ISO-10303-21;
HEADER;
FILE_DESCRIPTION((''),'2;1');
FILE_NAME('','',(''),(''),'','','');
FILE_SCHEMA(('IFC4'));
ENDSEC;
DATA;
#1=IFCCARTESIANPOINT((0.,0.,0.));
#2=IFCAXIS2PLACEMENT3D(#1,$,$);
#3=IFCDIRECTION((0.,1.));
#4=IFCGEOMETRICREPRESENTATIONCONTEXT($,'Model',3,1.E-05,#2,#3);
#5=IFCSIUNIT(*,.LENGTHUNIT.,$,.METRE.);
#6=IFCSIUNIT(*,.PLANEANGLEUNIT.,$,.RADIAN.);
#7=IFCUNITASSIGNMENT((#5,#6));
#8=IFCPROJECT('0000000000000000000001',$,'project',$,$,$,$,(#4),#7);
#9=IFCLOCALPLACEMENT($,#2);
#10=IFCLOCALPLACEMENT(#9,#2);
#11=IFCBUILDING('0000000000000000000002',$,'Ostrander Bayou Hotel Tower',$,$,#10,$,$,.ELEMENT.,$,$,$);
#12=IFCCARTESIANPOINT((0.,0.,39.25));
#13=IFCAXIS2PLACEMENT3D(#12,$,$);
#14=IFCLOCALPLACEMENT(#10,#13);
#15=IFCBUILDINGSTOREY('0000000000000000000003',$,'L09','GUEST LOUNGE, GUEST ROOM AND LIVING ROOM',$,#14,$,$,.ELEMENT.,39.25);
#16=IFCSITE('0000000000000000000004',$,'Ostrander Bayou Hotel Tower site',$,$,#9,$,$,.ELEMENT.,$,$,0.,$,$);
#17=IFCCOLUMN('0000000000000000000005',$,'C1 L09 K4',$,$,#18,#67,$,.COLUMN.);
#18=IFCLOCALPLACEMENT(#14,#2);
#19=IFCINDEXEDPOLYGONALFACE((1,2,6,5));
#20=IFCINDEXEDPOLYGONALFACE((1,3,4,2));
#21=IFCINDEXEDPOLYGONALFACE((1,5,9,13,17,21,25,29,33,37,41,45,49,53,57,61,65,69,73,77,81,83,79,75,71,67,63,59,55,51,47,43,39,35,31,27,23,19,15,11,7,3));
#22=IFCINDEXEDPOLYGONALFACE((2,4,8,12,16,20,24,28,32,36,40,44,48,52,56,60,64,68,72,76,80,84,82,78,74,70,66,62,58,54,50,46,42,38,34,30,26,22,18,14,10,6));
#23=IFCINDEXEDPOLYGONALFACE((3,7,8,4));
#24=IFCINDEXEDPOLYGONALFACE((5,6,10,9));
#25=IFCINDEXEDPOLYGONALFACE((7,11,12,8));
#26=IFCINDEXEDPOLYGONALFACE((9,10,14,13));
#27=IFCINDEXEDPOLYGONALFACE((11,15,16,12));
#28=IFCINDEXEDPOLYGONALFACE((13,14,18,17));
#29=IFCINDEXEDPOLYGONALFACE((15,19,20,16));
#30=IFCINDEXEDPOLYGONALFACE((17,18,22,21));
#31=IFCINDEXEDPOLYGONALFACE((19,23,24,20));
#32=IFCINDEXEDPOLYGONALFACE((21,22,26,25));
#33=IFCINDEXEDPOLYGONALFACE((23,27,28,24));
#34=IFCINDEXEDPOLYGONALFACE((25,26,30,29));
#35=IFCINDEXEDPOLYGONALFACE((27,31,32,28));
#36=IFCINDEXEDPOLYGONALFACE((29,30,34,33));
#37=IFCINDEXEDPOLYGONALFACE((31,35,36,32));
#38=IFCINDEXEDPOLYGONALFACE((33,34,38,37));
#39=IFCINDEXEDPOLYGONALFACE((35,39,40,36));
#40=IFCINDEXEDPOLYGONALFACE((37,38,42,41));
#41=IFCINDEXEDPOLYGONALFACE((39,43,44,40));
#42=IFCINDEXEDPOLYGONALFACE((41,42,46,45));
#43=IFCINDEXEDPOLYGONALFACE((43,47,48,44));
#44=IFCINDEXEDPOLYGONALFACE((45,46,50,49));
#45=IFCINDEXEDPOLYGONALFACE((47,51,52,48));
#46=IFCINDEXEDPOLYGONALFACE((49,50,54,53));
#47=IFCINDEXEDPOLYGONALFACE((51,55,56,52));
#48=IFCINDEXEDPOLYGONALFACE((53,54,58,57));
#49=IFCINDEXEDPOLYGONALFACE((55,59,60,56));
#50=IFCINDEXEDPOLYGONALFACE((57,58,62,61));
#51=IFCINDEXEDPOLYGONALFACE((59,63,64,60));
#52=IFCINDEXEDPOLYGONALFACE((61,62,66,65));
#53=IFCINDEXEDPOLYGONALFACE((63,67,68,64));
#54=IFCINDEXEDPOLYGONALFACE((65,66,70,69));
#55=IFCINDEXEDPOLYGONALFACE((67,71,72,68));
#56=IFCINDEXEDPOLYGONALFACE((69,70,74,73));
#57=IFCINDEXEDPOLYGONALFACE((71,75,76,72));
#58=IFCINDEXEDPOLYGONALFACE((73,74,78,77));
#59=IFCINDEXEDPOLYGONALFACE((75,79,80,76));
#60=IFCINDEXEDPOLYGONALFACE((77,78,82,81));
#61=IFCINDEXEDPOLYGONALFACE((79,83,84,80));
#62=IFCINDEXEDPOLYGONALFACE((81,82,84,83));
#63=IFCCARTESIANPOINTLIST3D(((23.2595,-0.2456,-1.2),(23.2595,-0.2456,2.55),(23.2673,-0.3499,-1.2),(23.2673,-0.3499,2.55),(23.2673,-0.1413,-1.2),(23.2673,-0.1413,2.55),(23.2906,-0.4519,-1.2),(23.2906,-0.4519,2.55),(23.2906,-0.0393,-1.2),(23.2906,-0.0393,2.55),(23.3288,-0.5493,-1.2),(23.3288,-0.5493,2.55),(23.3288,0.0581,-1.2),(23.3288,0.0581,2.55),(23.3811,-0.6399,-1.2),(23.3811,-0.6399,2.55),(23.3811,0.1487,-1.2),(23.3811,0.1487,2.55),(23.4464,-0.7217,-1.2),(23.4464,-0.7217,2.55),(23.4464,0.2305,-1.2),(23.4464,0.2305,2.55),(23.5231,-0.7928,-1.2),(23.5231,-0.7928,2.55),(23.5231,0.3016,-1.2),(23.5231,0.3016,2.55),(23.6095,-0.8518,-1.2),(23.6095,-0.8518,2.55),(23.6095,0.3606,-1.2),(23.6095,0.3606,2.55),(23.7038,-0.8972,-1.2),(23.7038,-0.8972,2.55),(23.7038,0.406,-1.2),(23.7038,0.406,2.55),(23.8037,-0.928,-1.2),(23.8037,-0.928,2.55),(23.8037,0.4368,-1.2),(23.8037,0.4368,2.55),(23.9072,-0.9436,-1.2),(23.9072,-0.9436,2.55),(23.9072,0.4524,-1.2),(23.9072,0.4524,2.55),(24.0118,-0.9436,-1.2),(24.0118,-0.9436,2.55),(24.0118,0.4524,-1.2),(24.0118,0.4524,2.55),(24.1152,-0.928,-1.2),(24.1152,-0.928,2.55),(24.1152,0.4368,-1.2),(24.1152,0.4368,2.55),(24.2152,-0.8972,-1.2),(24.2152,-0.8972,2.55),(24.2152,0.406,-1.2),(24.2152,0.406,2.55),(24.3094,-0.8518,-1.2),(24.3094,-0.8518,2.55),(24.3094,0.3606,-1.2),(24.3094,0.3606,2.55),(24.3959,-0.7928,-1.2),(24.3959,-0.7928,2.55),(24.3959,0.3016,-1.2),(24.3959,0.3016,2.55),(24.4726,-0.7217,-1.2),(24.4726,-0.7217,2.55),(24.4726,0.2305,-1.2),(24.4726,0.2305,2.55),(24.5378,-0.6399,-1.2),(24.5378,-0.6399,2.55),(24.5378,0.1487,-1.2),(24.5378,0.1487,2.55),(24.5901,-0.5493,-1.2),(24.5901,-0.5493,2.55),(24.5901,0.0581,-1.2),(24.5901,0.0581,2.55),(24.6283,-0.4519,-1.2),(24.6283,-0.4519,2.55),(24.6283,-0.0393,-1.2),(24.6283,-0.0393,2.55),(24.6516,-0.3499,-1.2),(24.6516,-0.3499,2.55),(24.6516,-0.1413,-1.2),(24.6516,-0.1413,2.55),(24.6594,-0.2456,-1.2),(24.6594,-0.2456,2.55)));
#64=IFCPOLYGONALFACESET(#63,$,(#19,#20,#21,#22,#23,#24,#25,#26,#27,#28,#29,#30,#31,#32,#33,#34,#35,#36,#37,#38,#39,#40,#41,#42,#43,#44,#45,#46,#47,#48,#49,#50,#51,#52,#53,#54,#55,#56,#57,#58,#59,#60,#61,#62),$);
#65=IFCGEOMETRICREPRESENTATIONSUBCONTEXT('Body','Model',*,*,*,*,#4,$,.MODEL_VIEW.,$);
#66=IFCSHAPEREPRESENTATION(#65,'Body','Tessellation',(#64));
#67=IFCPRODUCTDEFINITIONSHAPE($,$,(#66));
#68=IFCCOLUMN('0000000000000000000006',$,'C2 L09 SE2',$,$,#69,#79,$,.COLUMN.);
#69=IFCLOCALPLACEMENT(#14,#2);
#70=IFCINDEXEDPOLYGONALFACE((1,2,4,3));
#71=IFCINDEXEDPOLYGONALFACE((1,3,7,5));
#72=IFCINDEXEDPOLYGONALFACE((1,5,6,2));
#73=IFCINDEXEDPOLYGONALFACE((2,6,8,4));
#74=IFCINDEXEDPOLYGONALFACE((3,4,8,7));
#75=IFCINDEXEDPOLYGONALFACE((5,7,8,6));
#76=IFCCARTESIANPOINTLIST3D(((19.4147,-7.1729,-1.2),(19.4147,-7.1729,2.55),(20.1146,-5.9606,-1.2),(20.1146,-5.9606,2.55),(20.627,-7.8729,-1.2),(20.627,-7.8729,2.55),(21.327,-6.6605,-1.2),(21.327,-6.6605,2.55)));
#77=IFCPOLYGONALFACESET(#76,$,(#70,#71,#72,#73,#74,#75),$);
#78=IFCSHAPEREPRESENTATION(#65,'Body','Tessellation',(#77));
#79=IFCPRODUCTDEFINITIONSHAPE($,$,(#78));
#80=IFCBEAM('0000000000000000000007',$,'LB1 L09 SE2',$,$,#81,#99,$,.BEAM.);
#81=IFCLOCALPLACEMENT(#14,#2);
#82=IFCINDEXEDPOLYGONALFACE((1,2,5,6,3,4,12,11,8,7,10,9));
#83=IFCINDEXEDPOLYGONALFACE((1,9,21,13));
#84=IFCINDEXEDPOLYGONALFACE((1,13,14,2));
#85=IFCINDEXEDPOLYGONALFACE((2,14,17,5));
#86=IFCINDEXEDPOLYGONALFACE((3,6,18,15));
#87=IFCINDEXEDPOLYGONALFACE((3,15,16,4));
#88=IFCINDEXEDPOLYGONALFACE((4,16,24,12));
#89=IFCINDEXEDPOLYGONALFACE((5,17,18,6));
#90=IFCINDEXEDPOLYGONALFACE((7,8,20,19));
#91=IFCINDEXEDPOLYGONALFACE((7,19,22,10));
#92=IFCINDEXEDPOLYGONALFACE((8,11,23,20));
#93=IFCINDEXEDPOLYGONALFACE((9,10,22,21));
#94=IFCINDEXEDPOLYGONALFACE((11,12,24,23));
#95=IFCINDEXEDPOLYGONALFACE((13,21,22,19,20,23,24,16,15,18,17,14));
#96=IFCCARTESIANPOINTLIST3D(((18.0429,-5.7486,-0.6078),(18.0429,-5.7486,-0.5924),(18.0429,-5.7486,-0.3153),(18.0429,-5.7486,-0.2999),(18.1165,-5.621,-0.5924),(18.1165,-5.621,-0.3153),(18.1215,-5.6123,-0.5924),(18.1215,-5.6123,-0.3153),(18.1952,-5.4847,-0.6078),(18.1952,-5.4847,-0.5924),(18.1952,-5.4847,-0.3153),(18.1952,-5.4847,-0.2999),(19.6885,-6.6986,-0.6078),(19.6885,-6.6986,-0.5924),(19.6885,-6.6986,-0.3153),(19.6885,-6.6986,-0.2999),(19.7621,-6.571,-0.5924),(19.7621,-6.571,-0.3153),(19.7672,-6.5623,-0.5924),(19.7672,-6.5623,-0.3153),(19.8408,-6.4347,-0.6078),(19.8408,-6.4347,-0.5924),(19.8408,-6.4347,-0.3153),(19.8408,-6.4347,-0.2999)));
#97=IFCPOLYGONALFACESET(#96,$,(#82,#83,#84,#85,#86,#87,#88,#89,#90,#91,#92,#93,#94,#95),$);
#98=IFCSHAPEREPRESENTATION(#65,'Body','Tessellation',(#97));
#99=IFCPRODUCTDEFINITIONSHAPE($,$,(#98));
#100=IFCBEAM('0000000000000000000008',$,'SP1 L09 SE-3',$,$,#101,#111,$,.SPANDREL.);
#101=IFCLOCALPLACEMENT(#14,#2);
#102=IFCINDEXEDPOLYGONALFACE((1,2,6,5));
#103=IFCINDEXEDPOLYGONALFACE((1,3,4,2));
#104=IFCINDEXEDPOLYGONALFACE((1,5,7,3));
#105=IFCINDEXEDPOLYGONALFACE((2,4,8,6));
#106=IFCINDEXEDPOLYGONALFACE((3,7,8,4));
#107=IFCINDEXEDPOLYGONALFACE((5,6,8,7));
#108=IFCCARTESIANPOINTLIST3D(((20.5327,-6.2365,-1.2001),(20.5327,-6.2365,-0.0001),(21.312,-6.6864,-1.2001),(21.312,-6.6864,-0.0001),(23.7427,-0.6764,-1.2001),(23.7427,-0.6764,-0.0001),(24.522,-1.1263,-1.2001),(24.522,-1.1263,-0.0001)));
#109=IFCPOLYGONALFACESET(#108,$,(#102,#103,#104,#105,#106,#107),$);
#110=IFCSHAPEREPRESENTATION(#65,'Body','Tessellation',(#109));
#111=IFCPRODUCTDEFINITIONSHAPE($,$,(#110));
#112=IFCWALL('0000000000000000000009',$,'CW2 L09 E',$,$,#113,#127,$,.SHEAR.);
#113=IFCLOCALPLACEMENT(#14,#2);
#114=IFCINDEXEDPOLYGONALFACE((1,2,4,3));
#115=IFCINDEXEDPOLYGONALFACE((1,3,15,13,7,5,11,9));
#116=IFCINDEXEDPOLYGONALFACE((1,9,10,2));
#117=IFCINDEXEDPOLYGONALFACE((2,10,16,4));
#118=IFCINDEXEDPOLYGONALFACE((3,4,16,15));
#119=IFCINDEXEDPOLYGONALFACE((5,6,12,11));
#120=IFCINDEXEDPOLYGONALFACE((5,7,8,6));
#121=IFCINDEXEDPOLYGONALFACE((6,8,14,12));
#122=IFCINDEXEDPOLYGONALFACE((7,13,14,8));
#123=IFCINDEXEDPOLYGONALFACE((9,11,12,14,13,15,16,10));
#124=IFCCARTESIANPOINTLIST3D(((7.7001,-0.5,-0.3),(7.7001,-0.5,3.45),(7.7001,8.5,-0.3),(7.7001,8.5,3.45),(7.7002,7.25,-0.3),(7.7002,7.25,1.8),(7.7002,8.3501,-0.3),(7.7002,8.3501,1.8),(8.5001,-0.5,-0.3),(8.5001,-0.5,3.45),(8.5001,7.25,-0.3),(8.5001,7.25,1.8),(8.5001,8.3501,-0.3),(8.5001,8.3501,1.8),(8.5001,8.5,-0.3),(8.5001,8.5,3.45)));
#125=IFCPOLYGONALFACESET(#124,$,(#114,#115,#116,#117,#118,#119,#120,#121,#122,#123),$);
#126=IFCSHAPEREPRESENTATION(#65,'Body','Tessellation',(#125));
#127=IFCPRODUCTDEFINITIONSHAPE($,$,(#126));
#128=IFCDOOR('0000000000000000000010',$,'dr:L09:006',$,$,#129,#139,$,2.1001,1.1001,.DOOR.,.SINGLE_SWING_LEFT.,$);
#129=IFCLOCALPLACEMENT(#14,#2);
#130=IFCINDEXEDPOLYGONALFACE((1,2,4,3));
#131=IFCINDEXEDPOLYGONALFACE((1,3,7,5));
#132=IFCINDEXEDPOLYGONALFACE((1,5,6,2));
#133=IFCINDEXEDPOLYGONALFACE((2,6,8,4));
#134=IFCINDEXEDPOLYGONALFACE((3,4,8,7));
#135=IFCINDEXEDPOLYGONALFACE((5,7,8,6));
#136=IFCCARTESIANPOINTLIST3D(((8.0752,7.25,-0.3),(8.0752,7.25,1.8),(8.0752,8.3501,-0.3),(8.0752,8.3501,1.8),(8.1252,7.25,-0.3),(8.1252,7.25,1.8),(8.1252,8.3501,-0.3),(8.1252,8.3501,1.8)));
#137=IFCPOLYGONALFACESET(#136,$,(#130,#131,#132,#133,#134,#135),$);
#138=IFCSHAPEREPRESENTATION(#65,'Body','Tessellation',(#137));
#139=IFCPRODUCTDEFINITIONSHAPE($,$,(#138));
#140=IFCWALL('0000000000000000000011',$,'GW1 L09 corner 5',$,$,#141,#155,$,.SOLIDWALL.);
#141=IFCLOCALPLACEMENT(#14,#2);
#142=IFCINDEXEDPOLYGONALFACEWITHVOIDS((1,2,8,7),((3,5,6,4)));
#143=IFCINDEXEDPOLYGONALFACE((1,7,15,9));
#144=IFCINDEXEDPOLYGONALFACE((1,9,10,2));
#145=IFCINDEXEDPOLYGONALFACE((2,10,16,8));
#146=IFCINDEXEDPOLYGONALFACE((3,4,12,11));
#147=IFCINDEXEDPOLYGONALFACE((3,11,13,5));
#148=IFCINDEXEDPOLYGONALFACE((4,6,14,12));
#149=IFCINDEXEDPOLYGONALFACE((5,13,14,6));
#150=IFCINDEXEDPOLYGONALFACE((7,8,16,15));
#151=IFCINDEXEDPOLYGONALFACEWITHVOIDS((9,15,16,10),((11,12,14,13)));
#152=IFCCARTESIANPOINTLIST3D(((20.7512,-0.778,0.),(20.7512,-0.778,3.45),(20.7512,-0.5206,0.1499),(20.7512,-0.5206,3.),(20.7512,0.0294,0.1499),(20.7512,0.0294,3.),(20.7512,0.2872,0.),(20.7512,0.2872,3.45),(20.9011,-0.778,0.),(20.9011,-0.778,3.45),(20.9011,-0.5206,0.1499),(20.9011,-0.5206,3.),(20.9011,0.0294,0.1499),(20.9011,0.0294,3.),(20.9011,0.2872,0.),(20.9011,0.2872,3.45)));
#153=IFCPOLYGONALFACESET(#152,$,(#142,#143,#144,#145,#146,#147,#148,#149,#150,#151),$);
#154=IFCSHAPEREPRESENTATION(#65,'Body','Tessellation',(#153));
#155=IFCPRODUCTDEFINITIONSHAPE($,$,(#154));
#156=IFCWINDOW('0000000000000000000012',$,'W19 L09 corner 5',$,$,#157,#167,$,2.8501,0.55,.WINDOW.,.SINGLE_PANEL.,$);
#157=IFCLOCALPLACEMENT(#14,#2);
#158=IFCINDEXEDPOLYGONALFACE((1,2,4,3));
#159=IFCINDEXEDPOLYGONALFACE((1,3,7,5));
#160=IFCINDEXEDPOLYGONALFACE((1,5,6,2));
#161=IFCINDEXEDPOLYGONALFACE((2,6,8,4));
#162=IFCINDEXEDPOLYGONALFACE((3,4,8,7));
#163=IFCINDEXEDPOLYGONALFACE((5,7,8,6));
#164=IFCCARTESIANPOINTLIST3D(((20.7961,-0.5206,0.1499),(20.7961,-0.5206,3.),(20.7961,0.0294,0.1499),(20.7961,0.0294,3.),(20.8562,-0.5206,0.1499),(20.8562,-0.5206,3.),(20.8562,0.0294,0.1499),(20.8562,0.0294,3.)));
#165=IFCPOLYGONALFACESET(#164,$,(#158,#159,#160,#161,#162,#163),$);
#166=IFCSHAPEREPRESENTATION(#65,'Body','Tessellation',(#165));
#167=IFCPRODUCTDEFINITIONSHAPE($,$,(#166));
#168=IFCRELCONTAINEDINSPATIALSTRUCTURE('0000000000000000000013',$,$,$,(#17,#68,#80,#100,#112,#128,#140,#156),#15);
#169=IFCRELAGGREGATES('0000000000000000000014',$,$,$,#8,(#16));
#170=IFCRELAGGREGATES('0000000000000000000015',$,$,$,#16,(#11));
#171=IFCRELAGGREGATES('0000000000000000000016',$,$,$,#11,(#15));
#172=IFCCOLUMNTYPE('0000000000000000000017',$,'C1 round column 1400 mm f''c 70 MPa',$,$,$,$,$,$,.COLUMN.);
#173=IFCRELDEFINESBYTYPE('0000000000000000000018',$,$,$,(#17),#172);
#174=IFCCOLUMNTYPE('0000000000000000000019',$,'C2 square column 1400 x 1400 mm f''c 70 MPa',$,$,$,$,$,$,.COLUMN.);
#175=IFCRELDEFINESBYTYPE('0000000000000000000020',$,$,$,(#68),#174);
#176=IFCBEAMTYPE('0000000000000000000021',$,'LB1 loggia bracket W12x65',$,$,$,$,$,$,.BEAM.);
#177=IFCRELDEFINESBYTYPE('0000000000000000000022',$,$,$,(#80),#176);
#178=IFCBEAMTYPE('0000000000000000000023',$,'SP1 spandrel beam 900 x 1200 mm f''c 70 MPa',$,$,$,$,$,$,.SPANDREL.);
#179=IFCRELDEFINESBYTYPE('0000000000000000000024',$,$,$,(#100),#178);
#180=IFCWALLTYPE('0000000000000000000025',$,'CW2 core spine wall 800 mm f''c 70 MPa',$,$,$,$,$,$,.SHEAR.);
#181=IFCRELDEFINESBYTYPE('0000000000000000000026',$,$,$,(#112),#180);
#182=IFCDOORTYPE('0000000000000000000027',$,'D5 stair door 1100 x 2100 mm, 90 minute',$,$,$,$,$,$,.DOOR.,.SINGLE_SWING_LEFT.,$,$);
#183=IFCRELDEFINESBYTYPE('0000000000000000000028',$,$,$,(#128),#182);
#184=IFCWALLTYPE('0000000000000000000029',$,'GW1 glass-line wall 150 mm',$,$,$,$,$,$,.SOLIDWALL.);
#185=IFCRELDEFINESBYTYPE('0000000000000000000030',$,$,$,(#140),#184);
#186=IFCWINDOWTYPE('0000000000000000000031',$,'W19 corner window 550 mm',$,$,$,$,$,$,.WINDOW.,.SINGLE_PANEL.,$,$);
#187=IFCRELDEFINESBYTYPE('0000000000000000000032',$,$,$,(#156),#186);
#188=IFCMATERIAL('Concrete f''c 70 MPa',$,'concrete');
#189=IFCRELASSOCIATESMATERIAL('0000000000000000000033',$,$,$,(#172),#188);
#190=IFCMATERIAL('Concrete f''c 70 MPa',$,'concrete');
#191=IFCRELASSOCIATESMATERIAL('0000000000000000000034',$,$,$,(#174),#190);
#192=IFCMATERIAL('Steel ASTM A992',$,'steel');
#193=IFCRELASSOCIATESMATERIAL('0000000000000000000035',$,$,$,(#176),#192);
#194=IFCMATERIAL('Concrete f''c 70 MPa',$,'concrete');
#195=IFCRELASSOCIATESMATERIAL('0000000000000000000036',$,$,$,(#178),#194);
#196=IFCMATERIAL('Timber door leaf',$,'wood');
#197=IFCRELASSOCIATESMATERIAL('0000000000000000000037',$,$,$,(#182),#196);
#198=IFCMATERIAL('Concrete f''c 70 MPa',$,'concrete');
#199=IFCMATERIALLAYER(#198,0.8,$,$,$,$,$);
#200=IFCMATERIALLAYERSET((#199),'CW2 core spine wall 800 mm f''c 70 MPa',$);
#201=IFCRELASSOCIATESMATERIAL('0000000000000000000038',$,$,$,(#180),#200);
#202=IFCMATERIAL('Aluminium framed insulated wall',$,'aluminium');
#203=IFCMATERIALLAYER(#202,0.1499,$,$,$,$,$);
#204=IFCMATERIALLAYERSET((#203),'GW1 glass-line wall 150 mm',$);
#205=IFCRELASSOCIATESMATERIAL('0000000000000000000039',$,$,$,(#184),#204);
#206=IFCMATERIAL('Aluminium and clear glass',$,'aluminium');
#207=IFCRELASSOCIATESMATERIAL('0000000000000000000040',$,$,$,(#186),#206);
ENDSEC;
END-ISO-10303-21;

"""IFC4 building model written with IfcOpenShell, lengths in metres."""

from ifc_helpers import new_model, si_unit, direction, frame, frame_2d, origin, origin_2d, place, context, subcontext, project, spatial, rectangle, circle, i_section, extrude, material, layer, layer_set, material_profile, profile_set, type_object, element, fill, save


model = new_model("IFC4")

# Units and contexts
model_context = context("Model", 3, precision=1e-05, world=origin(), true_north=direction((0.0, 1.0)))
body_context = subcontext(model_context, "Body", "Model", "MODEL_VIEW")
ifc_project = project(units=[si_unit("LENGTHUNIT", "METRE"), si_unit("PLANEANGLEUNIT", "RADIAN")], contexts=[model_context])

# Site, building, storey
site_placement = place(None, origin())
site = spatial("IfcSite", under=ifc_project, at=site_placement, Name="Ostrander Bayou Hotel Tower site", CompositionType="ELEMENT", RefElevation=0.0)
building_placement = place(site_placement, origin())
building = spatial("IfcBuilding", under=site, at=building_placement, Name="Ostrander Bayou Hotel Tower", CompositionType="ELEMENT")
storey_placement = place(building_placement, frame((0.0, 0.0, 39.25)))
storey = spatial("IfcBuildingStorey", under=building, at=storey_placement, Name="L09", Description="GUEST LOUNGE, GUEST ROOM AND LIVING ROOM", CompositionType="ELEMENT", Elevation=39.25)

# Columns
ifc_material_1 = material(Name="Concrete f'c 70 MPa", Category="concrete")
ifc_material_profile_1 = material_profile(ifc_material_1, circle(Radius=0.7, at=origin_2d()))
ifc_profile_set_1 = profile_set([ifc_material_profile_1], Name="Concrete f'c 70 MPa")
column_type_1 = type_object("IfcColumnType", Name="C1 round column 1400 mm f'c 70 MPa", PredefinedType="COLUMN", material=ifc_profile_set_1)
column_1_placement = place(storey_placement, frame((23.9595, -0.2456, -1.2), z_axis=(0.0, 0.0, 1.0), x_axis=(1.0, 0.0, 0.0)))
element("IfcColumn", 1, at=column_1_placement, inside=storey, type_object=column_type_1, Name="C1 L09 K4", PredefinedType="COLUMN", context=body_context, shape_type="SweptSolid", body=[
    extrude(circle(Radius=0.7, at=origin_2d()), origin(), (0.0, 0.0, 1.0), 3.75),
])
ifc_material_2 = material(Name="Concrete f'c 70 MPa", Category="concrete")
ifc_material_profile_2 = material_profile(ifc_material_2, rectangle(XDim=1.3999, YDim=1.3999, at=origin_2d()))
ifc_profile_set_2 = profile_set([ifc_material_profile_2], Name="Concrete f'c 70 MPa")
column_type_2 = type_object("IfcColumnType", Name="C2 square column 1400 x 1400 mm f'c 70 MPa", PredefinedType="COLUMN", material=ifc_profile_set_2)
column_2_placement = place(storey_placement, frame((20.3708, -6.9167, -1.2), z_axis=(0.0, 0.0, 1.0), x_axis=(-0.5, -0.866025, 0.0)))
element("IfcColumn", 2, at=column_2_placement, inside=storey, type_object=column_type_2, Name="C2 L09 SE2", PredefinedType="COLUMN", context=body_context, shape_type="SweptSolid", body=[
    extrude(rectangle(XDim=1.3999, YDim=1.3999, at=origin_2d()), origin(), (0.0, 0.0, 1.0), 3.75),
])

# Beams
ifc_material_3 = material(Name="Steel ASTM A992", Category="steel")
ifc_material_profile_3 = material_profile(ifc_material_3, i_section(OverallWidth=0.3047, OverallDepth=0.3079, WebThickness=0.01, FlangeThickness=0.0154, at=origin_2d()))
ifc_profile_set_3 = profile_set([ifc_material_profile_3], Name="Steel ASTM A992")
beam_type_1 = type_object("IfcBeamType", Name="LB1 loggia bracket W12x65", PredefinedType="BEAM", material=ifc_profile_set_3)
beam_1_placement = place(storey_placement, frame((19.7646, -6.5667, -0.4539), z_axis=(-0.866044, 0.499967, 0.0), x_axis=(-0.499967, -0.866044, 0.0)))
element("IfcBeam", 3, at=beam_1_placement, inside=storey, type_object=beam_type_1, Name="LB1 L09 SE2", PredefinedType="BEAM", context=body_context, shape_type="SweptSolid", body=[
    extrude(i_section(OverallWidth=0.3047, OverallDepth=0.3079, WebThickness=0.01, FlangeThickness=0.0154, at=origin_2d()), origin(), (0.0, 0.0, 1.0), 1.9001),
])
ifc_material_4 = material(Name="Concrete f'c 70 MPa", Category="concrete")
ifc_material_profile_4 = material_profile(ifc_material_4, rectangle(XDim=0.8999, YDim=1.2, at=origin_2d()))
ifc_profile_set_4 = profile_set([ifc_material_profile_4], Name="Concrete f'c 70 MPa")
beam_type_2 = type_object("IfcBeamType", Name="SP1 spandrel beam 900 x 1200 mm f'c 70 MPa", PredefinedType="SPANDREL", material=ifc_profile_set_4)
beam_2_placement = place(storey_placement, frame((20.9224, -6.4614, -0.6001), z_axis=(0.499984, 0.866035, 0.0), x_axis=(-0.866035, 0.499984, 0.0)))
element("IfcBeam", 4, at=beam_2_placement, inside=storey, type_object=beam_type_2, Name="SP1 L09 SE-3", PredefinedType="SPANDREL", context=body_context, shape_type="SweptSolid", body=[
    extrude(rectangle(XDim=0.8999, YDim=1.2, at=origin_2d()), origin(), (0.0, 0.0, 1.0), 6.4202),
])

# Shared definitions
ifc_material_5 = material(Name="Timber door leaf", Category="wood")
door_type_1 = type_object("IfcDoorType", Name="D5 stair door 1100 x 2100 mm, 90 minute", OperationType="SINGLE_SWING_LEFT", PredefinedType="DOOR", material=ifc_material_5)

# Wall, opening, door
ifc_material_6 = material(Name="Concrete f'c 70 MPa", Category="concrete")
ifc_layer_1 = layer(ifc_material_6, 0.8)
ifc_layer_set_1 = layer_set([ifc_layer_1], Name="CW2 core spine wall 800 mm f'c 70 MPa")
wall_type_1 = type_object("IfcWallType", Name="CW2 core spine wall 800 mm f'c 70 MPa", PredefinedType="SHEAR", material=ifc_layer_set_1)
wall_1_placement = place(storey_placement, frame((8.1001, -0.5, -0.3), z_axis=(0.0, 0.0, 1.0), x_axis=(0.0, 1.0, 0.0)))
wall_1 = element("IfcWall", 5, at=wall_1_placement, inside=storey, type_object=wall_type_1, Name="CW2 L09 E", PredefinedType="SHEAR", context=body_context, shape_type="SweptSolid", body=[
    extrude(rectangle(XDim=9.0, YDim=0.8, at=frame_2d((4.5, 0.0))), origin(), (0.0, 0.0, 1.0), 3.75),
])
opening_1_placement = place(wall_1_placement, frame((7.75, 0.0, 0.0)))
opening_1 = element("IfcOpeningElement", 6, at=opening_1_placement, cuts=wall_1, PredefinedType="OPENING", context=body_context, shape_type="SweptSolid", body=[
    extrude(rectangle(XDim=1.1001, YDim=2.1001, at=frame_2d((0.55, 1.05))), frame((0.0, 0.3999, 0.0), z_axis=(0.0, -1.0, 0.0), x_axis=(1.0, 0.0, 0.0)), (0.0, 0.0, 1.0), 0.8),
])
door_1_placement = place(opening_1_placement, origin())
door_1 = element("IfcDoor", 7, at=door_1_placement, inside=storey, type_object=door_type_1, Name="dr:L09:006", OperationType="SINGLE_SWING_LEFT", OverallHeight=2.1001, OverallWidth=1.1001, PredefinedType="DOOR", context=body_context, shape_type="SweptSolid", body=[
    extrude(rectangle(XDim=1.1001, YDim=2.1001, at=frame_2d((0.55, 1.05))), frame((0.0, 0.0249, 0.0), z_axis=(0.0, -1.0, 0.0), x_axis=(1.0, 0.0, 0.0)), (0.0, 0.0, 1.0), 0.05),
])
fill(opening_1, door_1)

# Wall, opening, window
ifc_material_7 = material(Name="Aluminium framed insulated wall", Category="aluminium")
ifc_layer_2 = layer(ifc_material_7, 0.1499)
ifc_layer_set_2 = layer_set([ifc_layer_2], Name="GW1 glass-line wall 150 mm")
wall_type_2 = type_object("IfcWallType", Name="GW1 glass-line wall 150 mm", PredefinedType="SOLIDWALL", material=ifc_layer_set_2)
wall_2_placement = place(storey_placement, frame((20.8262, -0.7781, 0.0), z_axis=(0.0, 0.0, 1.0), x_axis=(0.0, 1.0, 0.0)))
wall_2 = element("IfcWall", 8, at=wall_2_placement, inside=storey, type_object=wall_type_2, Name="GW1 L09 corner 5", PredefinedType="SOLIDWALL", context=body_context, shape_type="SweptSolid", body=[
    extrude(rectangle(XDim=1.0652, YDim=0.1499, at=frame_2d((0.5327, 0.0))), origin(), (0.0, 0.0, 1.0), 3.45),
])
opening_2_placement = place(wall_2_placement, frame((0.2576, 0.0, 0.1499)))
opening_2 = element("IfcOpeningElement", 9, at=opening_2_placement, cuts=wall_2, PredefinedType="OPENING", context=body_context, shape_type="SweptSolid", body=[
    extrude(rectangle(XDim=0.55, YDim=2.8501, at=frame_2d((0.2749, 1.425))), frame((0.0, 0.075, 0.0), z_axis=(0.0, -1.0, 0.0), x_axis=(1.0, 0.0, 0.0)), (0.0, 0.0, 1.0), 0.1499),
])
ifc_material_8 = material(Name="Aluminium and clear glass", Category="aluminium")
window_type = type_object("IfcWindowType", Name="W19 corner window 550 mm", PartitioningType="SINGLE_PANEL", PredefinedType="WINDOW", material=ifc_material_8)
window_placement = place(opening_2_placement, origin())
window = element("IfcWindow", 10, at=window_placement, inside=storey, type_object=window_type, Name="W19 L09 corner 5", OverallHeight=2.8501, OverallWidth=0.55, PartitioningType="SINGLE_PANEL", PredefinedType="WINDOW", context=body_context, shape_type="SweptSolid", body=[
    extrude(rectangle(XDim=0.55, YDim=2.8501, at=frame_2d((0.2749, 1.425))), frame((0.0, 0.03, 0.0), z_axis=(0.0, -1.0, 0.0), x_axis=(1.0, 0.0, 0.0)), (0.0, 0.0, 1.0), 0.0601),
])
fill(opening_2, window)

save(model, "model.ifc")
